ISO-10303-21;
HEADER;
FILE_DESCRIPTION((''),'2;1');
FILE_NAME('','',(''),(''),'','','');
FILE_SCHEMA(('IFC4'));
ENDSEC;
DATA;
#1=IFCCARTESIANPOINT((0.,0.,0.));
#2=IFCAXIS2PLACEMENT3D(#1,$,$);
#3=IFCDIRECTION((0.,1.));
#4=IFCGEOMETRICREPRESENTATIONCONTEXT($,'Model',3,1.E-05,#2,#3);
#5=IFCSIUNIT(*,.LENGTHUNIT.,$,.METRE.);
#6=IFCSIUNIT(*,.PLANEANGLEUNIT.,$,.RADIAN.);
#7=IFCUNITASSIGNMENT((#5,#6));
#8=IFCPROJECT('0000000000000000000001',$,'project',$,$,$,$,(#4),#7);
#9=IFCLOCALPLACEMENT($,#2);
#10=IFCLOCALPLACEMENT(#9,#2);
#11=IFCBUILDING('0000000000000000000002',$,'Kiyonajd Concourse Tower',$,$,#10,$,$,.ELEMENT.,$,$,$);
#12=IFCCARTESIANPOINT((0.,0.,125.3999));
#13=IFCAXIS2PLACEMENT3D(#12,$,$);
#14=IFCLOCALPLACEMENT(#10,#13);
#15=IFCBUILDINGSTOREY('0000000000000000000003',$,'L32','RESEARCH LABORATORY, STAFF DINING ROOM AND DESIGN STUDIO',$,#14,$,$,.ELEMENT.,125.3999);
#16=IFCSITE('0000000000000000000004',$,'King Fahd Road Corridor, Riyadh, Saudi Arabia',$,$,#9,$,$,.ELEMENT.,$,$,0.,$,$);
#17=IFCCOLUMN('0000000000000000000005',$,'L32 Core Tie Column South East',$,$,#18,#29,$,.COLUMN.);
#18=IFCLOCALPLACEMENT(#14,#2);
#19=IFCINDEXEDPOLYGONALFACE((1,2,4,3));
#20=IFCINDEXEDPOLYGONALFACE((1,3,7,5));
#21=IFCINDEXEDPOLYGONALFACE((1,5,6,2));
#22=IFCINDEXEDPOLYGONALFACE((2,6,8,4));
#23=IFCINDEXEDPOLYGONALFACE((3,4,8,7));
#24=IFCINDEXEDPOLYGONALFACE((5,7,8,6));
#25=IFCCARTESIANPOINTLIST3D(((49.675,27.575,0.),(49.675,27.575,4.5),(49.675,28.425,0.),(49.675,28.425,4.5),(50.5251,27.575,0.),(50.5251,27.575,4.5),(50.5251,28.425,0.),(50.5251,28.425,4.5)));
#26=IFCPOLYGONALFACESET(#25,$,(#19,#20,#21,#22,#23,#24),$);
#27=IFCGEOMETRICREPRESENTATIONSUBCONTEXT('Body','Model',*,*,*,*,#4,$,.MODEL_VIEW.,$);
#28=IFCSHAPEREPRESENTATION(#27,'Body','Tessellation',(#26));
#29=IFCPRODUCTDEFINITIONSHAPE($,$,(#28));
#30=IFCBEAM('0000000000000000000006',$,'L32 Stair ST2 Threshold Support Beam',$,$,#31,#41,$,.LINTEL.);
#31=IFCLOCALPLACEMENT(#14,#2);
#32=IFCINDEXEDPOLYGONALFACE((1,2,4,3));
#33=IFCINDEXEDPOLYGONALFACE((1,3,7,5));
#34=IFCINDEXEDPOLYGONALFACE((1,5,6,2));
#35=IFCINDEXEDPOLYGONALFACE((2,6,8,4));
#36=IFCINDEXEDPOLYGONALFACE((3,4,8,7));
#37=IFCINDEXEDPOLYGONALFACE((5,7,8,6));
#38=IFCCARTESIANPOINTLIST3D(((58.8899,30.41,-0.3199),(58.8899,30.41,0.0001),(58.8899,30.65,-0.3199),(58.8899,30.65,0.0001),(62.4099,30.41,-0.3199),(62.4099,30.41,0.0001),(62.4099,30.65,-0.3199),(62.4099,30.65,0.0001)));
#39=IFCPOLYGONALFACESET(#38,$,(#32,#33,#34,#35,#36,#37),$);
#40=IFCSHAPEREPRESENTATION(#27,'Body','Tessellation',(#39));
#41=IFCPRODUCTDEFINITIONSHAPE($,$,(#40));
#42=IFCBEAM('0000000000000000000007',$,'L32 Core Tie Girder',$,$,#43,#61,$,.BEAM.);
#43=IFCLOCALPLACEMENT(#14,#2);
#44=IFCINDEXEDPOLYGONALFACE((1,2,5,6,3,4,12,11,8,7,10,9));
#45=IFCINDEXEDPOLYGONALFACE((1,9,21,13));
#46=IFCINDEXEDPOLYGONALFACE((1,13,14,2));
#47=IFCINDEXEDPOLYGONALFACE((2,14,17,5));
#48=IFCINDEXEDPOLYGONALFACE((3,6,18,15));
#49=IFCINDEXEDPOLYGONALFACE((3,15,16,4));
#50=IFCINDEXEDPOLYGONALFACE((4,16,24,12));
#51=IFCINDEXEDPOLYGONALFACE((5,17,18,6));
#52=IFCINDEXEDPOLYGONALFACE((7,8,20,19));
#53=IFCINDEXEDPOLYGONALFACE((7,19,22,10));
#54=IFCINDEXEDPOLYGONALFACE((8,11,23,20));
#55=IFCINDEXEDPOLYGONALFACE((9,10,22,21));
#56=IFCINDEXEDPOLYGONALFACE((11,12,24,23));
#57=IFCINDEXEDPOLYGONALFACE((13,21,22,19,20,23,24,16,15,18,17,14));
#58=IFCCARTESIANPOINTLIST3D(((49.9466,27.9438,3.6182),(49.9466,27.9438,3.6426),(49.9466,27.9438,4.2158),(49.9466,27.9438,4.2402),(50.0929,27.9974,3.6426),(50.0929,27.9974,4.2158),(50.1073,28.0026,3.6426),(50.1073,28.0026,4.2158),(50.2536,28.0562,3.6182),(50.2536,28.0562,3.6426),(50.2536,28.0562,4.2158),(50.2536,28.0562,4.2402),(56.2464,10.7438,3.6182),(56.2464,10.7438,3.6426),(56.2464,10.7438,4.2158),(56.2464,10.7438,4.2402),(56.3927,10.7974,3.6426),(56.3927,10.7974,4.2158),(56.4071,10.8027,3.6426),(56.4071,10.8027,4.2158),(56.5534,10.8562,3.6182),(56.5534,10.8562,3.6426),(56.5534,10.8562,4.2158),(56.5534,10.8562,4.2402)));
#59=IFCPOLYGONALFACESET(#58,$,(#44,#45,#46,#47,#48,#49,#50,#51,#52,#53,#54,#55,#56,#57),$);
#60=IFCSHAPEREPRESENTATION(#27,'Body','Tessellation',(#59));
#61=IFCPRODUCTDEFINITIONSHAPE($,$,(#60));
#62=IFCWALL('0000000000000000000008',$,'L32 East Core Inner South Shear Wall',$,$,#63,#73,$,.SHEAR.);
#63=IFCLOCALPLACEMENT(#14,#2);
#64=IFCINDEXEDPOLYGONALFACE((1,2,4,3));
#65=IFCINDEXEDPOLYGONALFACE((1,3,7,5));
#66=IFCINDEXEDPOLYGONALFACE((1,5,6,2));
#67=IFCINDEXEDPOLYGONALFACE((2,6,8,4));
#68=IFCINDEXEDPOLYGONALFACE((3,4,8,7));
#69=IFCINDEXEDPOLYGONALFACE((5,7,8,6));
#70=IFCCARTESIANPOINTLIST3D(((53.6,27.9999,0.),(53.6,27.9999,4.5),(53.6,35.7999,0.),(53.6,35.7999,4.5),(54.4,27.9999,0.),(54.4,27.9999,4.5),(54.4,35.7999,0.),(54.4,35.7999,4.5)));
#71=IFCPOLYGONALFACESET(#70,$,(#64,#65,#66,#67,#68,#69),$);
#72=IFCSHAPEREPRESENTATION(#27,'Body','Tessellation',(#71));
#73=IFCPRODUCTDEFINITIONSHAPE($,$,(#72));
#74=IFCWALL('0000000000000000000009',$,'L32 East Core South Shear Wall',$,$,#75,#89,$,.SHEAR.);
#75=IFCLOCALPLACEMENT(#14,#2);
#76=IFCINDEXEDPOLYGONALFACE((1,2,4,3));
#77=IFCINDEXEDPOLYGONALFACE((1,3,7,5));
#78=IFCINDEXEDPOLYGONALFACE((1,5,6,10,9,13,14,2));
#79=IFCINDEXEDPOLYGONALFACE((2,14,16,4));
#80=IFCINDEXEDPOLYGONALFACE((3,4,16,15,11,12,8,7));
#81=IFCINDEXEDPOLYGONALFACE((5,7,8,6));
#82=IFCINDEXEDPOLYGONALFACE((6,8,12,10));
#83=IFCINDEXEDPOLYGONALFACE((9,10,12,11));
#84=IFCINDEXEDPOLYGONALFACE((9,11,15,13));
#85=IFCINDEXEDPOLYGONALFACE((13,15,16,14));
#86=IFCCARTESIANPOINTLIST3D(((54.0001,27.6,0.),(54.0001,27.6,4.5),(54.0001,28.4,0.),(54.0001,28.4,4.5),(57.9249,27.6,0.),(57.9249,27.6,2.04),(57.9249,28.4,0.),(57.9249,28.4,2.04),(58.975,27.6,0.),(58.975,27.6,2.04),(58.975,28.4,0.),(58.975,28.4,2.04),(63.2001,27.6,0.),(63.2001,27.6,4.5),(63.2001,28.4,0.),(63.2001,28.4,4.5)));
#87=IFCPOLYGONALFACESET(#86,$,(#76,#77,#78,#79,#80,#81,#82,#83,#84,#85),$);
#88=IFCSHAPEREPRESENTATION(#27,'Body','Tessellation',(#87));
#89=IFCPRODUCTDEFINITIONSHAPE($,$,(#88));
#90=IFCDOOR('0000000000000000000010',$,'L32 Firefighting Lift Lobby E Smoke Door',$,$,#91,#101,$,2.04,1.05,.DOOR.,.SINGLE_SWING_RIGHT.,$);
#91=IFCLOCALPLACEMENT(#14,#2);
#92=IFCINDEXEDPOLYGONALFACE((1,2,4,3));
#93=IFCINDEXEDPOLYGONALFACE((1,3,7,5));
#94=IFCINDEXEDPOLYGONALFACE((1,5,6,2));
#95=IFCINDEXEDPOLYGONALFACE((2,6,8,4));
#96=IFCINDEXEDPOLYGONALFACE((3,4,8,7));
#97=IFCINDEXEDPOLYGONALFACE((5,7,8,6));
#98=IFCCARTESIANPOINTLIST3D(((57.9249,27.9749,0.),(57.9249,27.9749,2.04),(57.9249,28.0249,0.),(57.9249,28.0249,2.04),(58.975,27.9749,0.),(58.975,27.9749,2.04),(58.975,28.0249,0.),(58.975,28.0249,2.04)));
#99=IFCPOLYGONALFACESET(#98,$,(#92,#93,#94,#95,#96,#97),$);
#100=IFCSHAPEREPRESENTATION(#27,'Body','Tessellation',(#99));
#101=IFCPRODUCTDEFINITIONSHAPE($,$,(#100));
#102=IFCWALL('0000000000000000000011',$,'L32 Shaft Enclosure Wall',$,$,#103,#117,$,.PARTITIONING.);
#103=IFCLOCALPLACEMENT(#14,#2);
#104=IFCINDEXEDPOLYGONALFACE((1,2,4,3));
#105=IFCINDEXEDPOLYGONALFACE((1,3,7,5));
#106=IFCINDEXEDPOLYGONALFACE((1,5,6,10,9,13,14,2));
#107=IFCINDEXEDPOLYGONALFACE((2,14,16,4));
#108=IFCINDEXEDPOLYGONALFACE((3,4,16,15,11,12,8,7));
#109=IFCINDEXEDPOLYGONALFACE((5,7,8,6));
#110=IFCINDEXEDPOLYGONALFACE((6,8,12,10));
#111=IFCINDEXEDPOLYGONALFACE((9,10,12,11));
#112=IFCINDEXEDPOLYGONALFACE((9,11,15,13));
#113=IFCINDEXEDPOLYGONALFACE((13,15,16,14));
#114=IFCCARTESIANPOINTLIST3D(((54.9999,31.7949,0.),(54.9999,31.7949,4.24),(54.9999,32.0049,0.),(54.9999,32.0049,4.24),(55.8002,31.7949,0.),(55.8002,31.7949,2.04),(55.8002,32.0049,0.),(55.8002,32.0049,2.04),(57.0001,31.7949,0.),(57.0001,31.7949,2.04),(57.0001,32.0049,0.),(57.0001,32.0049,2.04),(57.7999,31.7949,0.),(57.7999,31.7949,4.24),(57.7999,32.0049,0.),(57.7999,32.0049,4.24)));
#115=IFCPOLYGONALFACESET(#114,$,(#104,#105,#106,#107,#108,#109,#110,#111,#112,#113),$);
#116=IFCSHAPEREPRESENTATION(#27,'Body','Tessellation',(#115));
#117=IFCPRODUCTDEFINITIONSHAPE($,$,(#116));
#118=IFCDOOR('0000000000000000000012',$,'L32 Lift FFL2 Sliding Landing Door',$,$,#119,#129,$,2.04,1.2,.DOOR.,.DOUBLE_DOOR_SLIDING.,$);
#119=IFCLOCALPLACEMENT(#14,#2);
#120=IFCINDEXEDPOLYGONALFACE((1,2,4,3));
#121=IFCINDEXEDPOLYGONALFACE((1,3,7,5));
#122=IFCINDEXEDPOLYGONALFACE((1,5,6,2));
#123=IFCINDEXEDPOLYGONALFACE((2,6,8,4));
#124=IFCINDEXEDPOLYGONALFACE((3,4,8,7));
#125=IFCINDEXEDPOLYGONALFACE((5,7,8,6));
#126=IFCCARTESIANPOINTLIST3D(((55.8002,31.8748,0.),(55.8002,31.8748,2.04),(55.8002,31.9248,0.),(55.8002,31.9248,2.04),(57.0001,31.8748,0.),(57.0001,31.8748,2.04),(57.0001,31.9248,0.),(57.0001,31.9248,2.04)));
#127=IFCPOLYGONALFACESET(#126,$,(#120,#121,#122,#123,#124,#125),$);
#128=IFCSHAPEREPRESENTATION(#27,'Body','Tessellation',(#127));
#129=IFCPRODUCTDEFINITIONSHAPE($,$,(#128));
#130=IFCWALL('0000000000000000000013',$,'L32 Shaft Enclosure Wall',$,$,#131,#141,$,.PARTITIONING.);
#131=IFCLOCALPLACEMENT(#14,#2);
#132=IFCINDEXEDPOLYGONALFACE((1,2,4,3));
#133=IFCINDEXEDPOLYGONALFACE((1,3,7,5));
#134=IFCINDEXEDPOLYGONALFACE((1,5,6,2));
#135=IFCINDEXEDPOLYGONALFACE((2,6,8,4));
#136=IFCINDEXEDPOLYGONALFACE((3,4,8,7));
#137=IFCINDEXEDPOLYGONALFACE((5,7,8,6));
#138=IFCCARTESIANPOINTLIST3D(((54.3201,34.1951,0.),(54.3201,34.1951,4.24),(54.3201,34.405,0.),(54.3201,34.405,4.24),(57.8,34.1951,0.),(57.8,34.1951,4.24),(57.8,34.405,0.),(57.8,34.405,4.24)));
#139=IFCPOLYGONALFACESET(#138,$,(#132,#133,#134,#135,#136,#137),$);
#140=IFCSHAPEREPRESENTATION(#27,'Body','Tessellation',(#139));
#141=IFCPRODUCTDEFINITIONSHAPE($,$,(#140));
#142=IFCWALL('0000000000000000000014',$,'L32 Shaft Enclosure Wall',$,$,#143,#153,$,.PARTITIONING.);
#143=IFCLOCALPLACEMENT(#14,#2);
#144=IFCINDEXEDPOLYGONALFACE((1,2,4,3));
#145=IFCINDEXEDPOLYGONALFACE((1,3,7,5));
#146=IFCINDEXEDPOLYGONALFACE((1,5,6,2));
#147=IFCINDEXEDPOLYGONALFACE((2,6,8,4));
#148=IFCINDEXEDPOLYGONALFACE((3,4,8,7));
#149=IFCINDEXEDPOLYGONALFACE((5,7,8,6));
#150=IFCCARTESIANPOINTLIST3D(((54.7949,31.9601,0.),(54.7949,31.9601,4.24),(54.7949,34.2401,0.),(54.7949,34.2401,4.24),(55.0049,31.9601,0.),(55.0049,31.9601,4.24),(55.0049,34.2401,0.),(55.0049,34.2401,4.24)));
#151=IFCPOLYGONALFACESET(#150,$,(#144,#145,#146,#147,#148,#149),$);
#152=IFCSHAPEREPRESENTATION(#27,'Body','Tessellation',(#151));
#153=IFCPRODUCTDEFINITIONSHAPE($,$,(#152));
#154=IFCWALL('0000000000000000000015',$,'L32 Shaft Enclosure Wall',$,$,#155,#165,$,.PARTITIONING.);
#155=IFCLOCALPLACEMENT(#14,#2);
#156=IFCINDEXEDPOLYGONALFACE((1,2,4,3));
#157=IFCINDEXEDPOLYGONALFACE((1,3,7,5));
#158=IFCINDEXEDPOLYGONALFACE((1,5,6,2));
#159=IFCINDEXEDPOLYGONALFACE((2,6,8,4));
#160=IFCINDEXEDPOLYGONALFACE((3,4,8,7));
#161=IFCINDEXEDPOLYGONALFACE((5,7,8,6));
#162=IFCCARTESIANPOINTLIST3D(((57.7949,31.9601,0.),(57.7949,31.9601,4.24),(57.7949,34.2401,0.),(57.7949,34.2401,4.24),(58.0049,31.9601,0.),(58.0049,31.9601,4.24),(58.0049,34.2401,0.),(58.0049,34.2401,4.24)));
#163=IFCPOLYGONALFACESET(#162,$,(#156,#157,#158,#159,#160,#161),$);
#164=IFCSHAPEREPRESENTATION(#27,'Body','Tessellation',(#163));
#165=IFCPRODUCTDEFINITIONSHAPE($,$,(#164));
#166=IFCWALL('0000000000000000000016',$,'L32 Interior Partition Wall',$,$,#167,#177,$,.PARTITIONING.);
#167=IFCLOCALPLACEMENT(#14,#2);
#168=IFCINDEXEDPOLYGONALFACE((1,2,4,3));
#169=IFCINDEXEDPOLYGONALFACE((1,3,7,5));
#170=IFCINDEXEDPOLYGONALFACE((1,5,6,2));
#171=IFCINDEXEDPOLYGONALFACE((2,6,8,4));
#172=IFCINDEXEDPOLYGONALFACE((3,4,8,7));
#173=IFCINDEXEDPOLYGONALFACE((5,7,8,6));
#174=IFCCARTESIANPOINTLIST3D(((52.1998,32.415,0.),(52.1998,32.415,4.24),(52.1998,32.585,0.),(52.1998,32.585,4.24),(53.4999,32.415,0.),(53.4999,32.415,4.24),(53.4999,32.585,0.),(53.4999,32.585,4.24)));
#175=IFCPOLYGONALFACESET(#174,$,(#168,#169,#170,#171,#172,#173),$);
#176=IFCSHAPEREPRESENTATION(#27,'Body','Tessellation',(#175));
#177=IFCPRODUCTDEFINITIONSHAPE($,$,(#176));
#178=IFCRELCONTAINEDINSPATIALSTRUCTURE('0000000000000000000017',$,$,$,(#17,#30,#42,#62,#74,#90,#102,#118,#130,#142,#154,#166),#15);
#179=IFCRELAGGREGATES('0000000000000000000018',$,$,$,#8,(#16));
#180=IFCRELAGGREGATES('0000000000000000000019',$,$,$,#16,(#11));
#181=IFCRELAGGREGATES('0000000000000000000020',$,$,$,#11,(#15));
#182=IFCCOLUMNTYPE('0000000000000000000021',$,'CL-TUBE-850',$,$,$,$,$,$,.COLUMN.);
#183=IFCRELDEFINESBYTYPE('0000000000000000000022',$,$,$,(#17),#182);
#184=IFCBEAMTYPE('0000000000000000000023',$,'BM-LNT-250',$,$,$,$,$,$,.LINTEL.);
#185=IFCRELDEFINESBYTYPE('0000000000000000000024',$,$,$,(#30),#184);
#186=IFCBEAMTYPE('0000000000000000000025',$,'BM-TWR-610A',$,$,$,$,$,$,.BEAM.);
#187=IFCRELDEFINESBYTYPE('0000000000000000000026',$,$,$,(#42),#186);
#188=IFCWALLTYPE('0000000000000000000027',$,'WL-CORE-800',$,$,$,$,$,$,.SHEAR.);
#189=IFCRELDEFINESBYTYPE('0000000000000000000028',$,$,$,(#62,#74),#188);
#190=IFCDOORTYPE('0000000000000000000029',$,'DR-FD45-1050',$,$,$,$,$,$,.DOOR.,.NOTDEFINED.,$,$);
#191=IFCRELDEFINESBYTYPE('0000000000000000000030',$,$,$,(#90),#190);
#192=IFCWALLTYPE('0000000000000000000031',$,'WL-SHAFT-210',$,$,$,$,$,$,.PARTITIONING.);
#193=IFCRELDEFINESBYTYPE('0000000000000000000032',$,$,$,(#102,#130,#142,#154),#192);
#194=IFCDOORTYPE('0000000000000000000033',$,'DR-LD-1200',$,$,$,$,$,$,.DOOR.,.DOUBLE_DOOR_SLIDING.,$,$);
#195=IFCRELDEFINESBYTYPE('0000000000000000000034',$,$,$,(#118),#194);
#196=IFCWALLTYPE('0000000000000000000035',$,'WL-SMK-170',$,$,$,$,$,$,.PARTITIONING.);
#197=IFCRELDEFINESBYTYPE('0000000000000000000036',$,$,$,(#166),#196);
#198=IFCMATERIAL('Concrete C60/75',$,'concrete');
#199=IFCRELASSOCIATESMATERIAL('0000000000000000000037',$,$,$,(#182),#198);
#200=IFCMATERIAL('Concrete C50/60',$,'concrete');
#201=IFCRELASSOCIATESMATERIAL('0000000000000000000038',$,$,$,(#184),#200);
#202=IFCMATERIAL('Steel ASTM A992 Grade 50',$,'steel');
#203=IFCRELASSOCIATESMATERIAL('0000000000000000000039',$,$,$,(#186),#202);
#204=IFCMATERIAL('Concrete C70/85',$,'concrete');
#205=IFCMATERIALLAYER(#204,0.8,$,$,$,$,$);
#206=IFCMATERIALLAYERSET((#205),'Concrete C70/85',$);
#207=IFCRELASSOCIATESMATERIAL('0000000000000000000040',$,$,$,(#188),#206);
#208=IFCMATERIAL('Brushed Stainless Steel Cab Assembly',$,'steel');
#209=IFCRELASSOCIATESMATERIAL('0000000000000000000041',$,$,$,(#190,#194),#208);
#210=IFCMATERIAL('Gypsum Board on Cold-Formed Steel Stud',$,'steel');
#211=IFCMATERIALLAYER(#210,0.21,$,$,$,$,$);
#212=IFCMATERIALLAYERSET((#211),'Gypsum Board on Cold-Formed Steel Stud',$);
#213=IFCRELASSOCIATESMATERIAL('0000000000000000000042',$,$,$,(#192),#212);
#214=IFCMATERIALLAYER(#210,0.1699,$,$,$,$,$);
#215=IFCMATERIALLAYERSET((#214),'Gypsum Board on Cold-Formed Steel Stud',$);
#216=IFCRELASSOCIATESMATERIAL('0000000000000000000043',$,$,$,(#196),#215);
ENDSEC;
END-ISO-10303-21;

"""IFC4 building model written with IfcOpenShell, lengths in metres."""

from ifc_helpers import new_model, si_unit, direction, frame, frame_2d, origin, origin_2d, place, context, subcontext, project, spatial, rectangle, i_section, extrude, material, layer, layer_set, material_profile, profile_set, type_object, element, fill, save


model = new_model("IFC4")

# Units and contexts
model_context = context("Model", 3, precision=1e-05, world=origin(), true_north=direction((0.0, 1.0)))
body_context = subcontext(model_context, "Body", "Model", "MODEL_VIEW")
ifc_project = project(units=[si_unit("LENGTHUNIT", "METRE"), si_unit("PLANEANGLEUNIT", "RADIAN")], contexts=[model_context])

# Site, building, storey
site_placement = place(None, origin())
site = spatial("IfcSite", under=ifc_project, at=site_placement, Name="King Fahd Road Corridor, Riyadh, Saudi Arabia", CompositionType="ELEMENT", RefElevation=0.0)
building_placement = place(site_placement, origin())
building = spatial("IfcBuilding", under=site, at=building_placement, Name="Kiyonajd Concourse Tower", CompositionType="ELEMENT")
storey_placement = place(building_placement, frame((0.0, 0.0, 125.3999)))
storey = spatial("IfcBuildingStorey", under=building, at=storey_placement, Name="L32", Description="RESEARCH LABORATORY, STAFF DINING ROOM AND DESIGN STUDIO", CompositionType="ELEMENT", Elevation=125.3999)

# Column
ifc_material_1 = material(Name="Concrete C60/75", Category="concrete")
ifc_material_profile_1 = material_profile(ifc_material_1, rectangle(XDim=0.8501, YDim=0.8501, at=origin_2d()), Name="RC-850x850")
ifc_profile_set_1 = profile_set([ifc_material_profile_1], Name="Concrete C60/75")
column_type = type_object("IfcColumnType", Name="CL-TUBE-850", PredefinedType="COLUMN", material=ifc_profile_set_1)
column_placement = place(storey_placement, frame((50.1001, 28.0, 0.0), z_axis=(0.0, 0.0, 1.0), x_axis=(1.0, 0.0, 0.0)))
element("IfcColumn", 1, at=column_placement, inside=storey, type_object=column_type, Name="L32 Core Tie Column South East", PredefinedType="COLUMN", context=body_context, shape_type="SweptSolid", body=[
    extrude(rectangle(XDim=0.8501, YDim=0.8501, at=origin_2d()), origin(), (0.0, 0.0, 1.0), 4.5),
])

# Beams
ifc_material_2 = material(Name="Concrete C50/60", Category="concrete")
ifc_material_profile_2 = material_profile(ifc_material_2, rectangle(XDim=0.24, YDim=0.3201, at=origin_2d()), Name="RCBM-240x320")
ifc_profile_set_2 = profile_set([ifc_material_profile_2], Name="Concrete C50/60")
beam_type_1 = type_object("IfcBeamType", Name="BM-LNT-250", PredefinedType="LINTEL", material=ifc_profile_set_2)
beam_1_placement = place(storey_placement, frame((58.8899, 30.53, -0.1599), z_axis=(1.0, 0.0, 0.0), x_axis=(0.0, 1.0, 0.0)))
element("IfcBeam", 2, at=beam_1_placement, inside=storey, type_object=beam_type_1, Name="L32 Stair ST2 Threshold Support Beam", PredefinedType="LINTEL", context=body_context, shape_type="SweptSolid", body=[
    extrude(rectangle(XDim=0.24, YDim=0.3201, at=origin_2d()), origin(), (0.0, 0.0, 1.0), 3.52),
])
ifc_material_3 = material(Name="Steel ASTM A992 Grade 50", Category="steel")
ifc_material_profile_3 = material_profile(ifc_material_3, i_section(OverallWidth=0.3269, OverallDepth=0.6221, WebThickness=0.0154, FlangeThickness=0.0244, at=origin_2d()), Name="W610X195")
ifc_profile_set_3 = profile_set([ifc_material_profile_3], Name="Steel ASTM A992 Grade 50")
beam_type_2 = type_object("IfcBeamType", Name="BM-TWR-610A", PredefinedType="BEAM", material=ifc_profile_set_3)
beam_2_placement = place(storey_placement, frame((50.1001, 28.0, 3.9292), z_axis=(0.343925, -0.938997, 0.0), x_axis=(0.938997, 0.343925, 0.0)))
element("IfcBeam", 3, at=beam_2_placement, inside=storey, type_object=beam_type_2, Name="L32 Core Tie Girder", PredefinedType="BEAM", context=body_context, shape_type="SweptSolid", body=[
    extrude(i_section(OverallWidth=0.3269, OverallDepth=0.6221, WebThickness=0.0154, FlangeThickness=0.0244, at=origin_2d()), origin(), (0.0, 0.0, 1.0), 18.3174),
])

# Wall
ifc_material_4 = material(Name="Concrete C70/85", Category="concrete")
ifc_layer_1 = layer(ifc_material_4, 0.8)
ifc_layer_set_1 = layer_set([ifc_layer_1], Name="Concrete C70/85")
wall_type_1 = type_object("IfcWallType", Name="WL-CORE-800", PredefinedType="SHEAR", material=ifc_layer_set_1)
wall_1_placement = place(storey_placement, frame((54.0, 28.0, 0.0), z_axis=(0.0, 0.0, 1.0), x_axis=(0.0, 1.0, 0.0)))
element("IfcWall", 4, at=wall_1_placement, inside=storey, type_object=wall_type_1, Name="L32 East Core Inner South Shear Wall", PredefinedType="SHEAR", context=body_context, shape_type="SweptSolid", body=[
    extrude(rectangle(XDim=7.8, YDim=0.8, at=frame_2d((3.8999, 0.0))), origin(), (0.0, 0.0, 1.0), 4.5),
])

# Walls, openings, doors
wall_2_placement = place(storey_placement, frame((54.0, 28.0, 0.0), z_axis=(0.0, 0.0, 1.0), x_axis=(1.0, 0.0, 0.0)))
wall_2 = element("IfcWall", 5, at=wall_2_placement, inside=storey, type_object=wall_type_1, Name="L32 East Core South Shear Wall", PredefinedType="SHEAR", context=body_context, shape_type="SweptSolid", body=[
    extrude(rectangle(XDim=9.2, YDim=0.8, at=frame_2d((4.6001, 0.0))), origin(), (0.0, 0.0, 1.0), 4.5),
])
opening_1_placement = place(wall_2_placement, frame((3.925, 0.0, 0.0)))
opening_1 = element("IfcOpeningElement", 6, at=opening_1_placement, cuts=wall_2, PredefinedType="OPENING", context=body_context, shape_type="SweptSolid", body=[
    extrude(rectangle(XDim=1.05, YDim=2.04, at=frame_2d((0.5249, 1.02))), frame((0.0, 0.4099, 0.0), z_axis=(0.0, -1.0, 0.0), x_axis=(1.0, 0.0, 0.0)), (0.0, 0.0, 1.0), 0.8201),
])
ifc_material_5 = material(Name="Brushed Stainless Steel Cab Assembly", Category="steel")
door_type_1 = type_object("IfcDoorType", Name="DR-FD45-1050", OperationType="NOTDEFINED", PredefinedType="DOOR", material=ifc_material_5)
door_1_placement = place(opening_1_placement, origin())
door_1 = element("IfcDoor", 7, at=door_1_placement, inside=storey, type_object=door_type_1, Name="L32 Firefighting Lift Lobby E Smoke Door", OperationType="SINGLE_SWING_RIGHT", OverallHeight=2.04, OverallWidth=1.05, PredefinedType="DOOR", context=body_context, shape_type="SweptSolid", body=[
    extrude(rectangle(XDim=1.05, YDim=2.04, at=frame_2d((0.5249, 1.02))), frame((0.0, 0.0249, 0.0), z_axis=(0.0, -1.0, 0.0), x_axis=(1.0, 0.0, 0.0)), (0.0, 0.0, 1.0), 0.05),
])
fill(opening_1, door_1)
ifc_material_6 = material(Name="Gypsum Board on Cold-Formed Steel Stud", Category="steel")
ifc_layer_2 = layer(ifc_material_6, 0.21)
ifc_layer_set_2 = layer_set([ifc_layer_2], Name="Gypsum Board on Cold-Formed Steel Stud")
wall_type_2 = type_object("IfcWallType", Name="WL-SHAFT-210", PredefinedType="PARTITIONING", material=ifc_layer_set_2)
wall_3_placement = place(storey_placement, frame((55.0, 31.8999, 0.0), z_axis=(0.0, 0.0, 1.0), x_axis=(1.0, 0.0, 0.0)))
wall_3 = element("IfcWall", 8, at=wall_3_placement, inside=storey, type_object=wall_type_2, Name="L32 Shaft Enclosure Wall", PredefinedType="PARTITIONING", context=body_context, shape_type="SweptSolid", body=[
    extrude(rectangle(XDim=2.8, YDim=0.21, at=frame_2d((1.3999, 0.0))), origin(), (0.0, 0.0, 1.0), 4.24),
])
opening_2_placement = place(wall_3_placement, frame((0.8, 0.0, 0.0)))
opening_2 = element("IfcOpeningElement", 9, at=opening_2_placement, cuts=wall_3, PredefinedType="OPENING", context=body_context, shape_type="SweptSolid", body=[
    extrude(rectangle(XDim=1.2, YDim=2.04, at=frame_2d((0.6001, 1.02))), frame((0.0, 0.115, 0.0), z_axis=(0.0, -1.0, 0.0), x_axis=(1.0, 0.0, 0.0)), (0.0, 0.0, 1.0), 0.23),
])
door_type_2 = type_object("IfcDoorType", Name="DR-LD-1200", OperationType="DOUBLE_DOOR_SLIDING", PredefinedType="DOOR", material=ifc_material_5)
door_2_placement = place(opening_2_placement, origin())
door_2 = element("IfcDoor", 10, at=door_2_placement, inside=storey, type_object=door_type_2, Name="L32 Lift FFL2 Sliding Landing Door", OperationType="DOUBLE_DOOR_SLIDING", OverallHeight=2.04, OverallWidth=1.2, PredefinedType="DOOR", context=body_context, shape_type="SweptSolid", body=[
    extrude(rectangle(XDim=1.2, YDim=2.04, at=frame_2d((0.6001, 1.02))), frame((0.0, 0.0249, 0.0), z_axis=(0.0, -1.0, 0.0), x_axis=(1.0, 0.0, 0.0)), (0.0, 0.0, 1.0), 0.05),
])
fill(opening_2, door_2)

# Walls
wall_4_placement = place(storey_placement, frame((54.3201, 34.3, 0.0), z_axis=(0.0, 0.0, 1.0), x_axis=(1.0, 0.0, 0.0)))
element("IfcWall", 11, at=wall_4_placement, inside=storey, type_object=wall_type_2, Name="L32 Shaft Enclosure Wall", PredefinedType="PARTITIONING", context=body_context, shape_type="SweptSolid", body=[
    extrude(rectangle(XDim=3.48, YDim=0.21, at=frame_2d((1.74, 0.0))), origin(), (0.0, 0.0, 1.0), 4.24),
])
for number, where, z_axis, x_axis, name in (
    (12, (54.8999, 31.96, 0.0), (0.0, 0.0, 1.0), (0.0, 1.0, 0.0), "L32 Shaft Enclosure Wall"),
    (13, (57.8999, 31.96, 0.0), (0.0, 0.0, 1.0), (0.0, 1.0, 0.0), "L32 Shaft Enclosure Wall"),
):
    element("IfcWall", number, at=place(storey_placement, frame(where, z_axis=z_axis, x_axis=x_axis)), inside=storey, type_object=wall_type_2, Name=name, PredefinedType="PARTITIONING", context=body_context, shape_type="SweptSolid", body=[
        extrude(rectangle(XDim=2.28, YDim=0.21, at=frame_2d((1.1401, 0.0))), origin(), (0.0, 0.0, 1.0), 4.24),
    ])
ifc_layer_3 = layer(ifc_material_6, 0.1699)
ifc_layer_set_3 = layer_set([ifc_layer_3], Name="Gypsum Board on Cold-Formed Steel Stud")
wall_type_3 = type_object("IfcWallType", Name="WL-SMK-170", PredefinedType="PARTITIONING", material=ifc_layer_set_3)
wall_5_placement = place(storey_placement, frame((52.2, 32.5, 0.0), z_axis=(0.0, 0.0, 1.0), x_axis=(1.0, 0.0, 0.0)))
element("IfcWall", 14, at=wall_5_placement, inside=storey, type_object=wall_type_3, Name="L32 Interior Partition Wall", PredefinedType="PARTITIONING", context=body_context, shape_type="SweptSolid", body=[
    extrude(rectangle(XDim=1.3, YDim=0.1699, at=frame_2d((0.6499, 0.0))), origin(), (0.0, 0.0, 1.0), 4.24),
])

save(model, "model.ifc")
